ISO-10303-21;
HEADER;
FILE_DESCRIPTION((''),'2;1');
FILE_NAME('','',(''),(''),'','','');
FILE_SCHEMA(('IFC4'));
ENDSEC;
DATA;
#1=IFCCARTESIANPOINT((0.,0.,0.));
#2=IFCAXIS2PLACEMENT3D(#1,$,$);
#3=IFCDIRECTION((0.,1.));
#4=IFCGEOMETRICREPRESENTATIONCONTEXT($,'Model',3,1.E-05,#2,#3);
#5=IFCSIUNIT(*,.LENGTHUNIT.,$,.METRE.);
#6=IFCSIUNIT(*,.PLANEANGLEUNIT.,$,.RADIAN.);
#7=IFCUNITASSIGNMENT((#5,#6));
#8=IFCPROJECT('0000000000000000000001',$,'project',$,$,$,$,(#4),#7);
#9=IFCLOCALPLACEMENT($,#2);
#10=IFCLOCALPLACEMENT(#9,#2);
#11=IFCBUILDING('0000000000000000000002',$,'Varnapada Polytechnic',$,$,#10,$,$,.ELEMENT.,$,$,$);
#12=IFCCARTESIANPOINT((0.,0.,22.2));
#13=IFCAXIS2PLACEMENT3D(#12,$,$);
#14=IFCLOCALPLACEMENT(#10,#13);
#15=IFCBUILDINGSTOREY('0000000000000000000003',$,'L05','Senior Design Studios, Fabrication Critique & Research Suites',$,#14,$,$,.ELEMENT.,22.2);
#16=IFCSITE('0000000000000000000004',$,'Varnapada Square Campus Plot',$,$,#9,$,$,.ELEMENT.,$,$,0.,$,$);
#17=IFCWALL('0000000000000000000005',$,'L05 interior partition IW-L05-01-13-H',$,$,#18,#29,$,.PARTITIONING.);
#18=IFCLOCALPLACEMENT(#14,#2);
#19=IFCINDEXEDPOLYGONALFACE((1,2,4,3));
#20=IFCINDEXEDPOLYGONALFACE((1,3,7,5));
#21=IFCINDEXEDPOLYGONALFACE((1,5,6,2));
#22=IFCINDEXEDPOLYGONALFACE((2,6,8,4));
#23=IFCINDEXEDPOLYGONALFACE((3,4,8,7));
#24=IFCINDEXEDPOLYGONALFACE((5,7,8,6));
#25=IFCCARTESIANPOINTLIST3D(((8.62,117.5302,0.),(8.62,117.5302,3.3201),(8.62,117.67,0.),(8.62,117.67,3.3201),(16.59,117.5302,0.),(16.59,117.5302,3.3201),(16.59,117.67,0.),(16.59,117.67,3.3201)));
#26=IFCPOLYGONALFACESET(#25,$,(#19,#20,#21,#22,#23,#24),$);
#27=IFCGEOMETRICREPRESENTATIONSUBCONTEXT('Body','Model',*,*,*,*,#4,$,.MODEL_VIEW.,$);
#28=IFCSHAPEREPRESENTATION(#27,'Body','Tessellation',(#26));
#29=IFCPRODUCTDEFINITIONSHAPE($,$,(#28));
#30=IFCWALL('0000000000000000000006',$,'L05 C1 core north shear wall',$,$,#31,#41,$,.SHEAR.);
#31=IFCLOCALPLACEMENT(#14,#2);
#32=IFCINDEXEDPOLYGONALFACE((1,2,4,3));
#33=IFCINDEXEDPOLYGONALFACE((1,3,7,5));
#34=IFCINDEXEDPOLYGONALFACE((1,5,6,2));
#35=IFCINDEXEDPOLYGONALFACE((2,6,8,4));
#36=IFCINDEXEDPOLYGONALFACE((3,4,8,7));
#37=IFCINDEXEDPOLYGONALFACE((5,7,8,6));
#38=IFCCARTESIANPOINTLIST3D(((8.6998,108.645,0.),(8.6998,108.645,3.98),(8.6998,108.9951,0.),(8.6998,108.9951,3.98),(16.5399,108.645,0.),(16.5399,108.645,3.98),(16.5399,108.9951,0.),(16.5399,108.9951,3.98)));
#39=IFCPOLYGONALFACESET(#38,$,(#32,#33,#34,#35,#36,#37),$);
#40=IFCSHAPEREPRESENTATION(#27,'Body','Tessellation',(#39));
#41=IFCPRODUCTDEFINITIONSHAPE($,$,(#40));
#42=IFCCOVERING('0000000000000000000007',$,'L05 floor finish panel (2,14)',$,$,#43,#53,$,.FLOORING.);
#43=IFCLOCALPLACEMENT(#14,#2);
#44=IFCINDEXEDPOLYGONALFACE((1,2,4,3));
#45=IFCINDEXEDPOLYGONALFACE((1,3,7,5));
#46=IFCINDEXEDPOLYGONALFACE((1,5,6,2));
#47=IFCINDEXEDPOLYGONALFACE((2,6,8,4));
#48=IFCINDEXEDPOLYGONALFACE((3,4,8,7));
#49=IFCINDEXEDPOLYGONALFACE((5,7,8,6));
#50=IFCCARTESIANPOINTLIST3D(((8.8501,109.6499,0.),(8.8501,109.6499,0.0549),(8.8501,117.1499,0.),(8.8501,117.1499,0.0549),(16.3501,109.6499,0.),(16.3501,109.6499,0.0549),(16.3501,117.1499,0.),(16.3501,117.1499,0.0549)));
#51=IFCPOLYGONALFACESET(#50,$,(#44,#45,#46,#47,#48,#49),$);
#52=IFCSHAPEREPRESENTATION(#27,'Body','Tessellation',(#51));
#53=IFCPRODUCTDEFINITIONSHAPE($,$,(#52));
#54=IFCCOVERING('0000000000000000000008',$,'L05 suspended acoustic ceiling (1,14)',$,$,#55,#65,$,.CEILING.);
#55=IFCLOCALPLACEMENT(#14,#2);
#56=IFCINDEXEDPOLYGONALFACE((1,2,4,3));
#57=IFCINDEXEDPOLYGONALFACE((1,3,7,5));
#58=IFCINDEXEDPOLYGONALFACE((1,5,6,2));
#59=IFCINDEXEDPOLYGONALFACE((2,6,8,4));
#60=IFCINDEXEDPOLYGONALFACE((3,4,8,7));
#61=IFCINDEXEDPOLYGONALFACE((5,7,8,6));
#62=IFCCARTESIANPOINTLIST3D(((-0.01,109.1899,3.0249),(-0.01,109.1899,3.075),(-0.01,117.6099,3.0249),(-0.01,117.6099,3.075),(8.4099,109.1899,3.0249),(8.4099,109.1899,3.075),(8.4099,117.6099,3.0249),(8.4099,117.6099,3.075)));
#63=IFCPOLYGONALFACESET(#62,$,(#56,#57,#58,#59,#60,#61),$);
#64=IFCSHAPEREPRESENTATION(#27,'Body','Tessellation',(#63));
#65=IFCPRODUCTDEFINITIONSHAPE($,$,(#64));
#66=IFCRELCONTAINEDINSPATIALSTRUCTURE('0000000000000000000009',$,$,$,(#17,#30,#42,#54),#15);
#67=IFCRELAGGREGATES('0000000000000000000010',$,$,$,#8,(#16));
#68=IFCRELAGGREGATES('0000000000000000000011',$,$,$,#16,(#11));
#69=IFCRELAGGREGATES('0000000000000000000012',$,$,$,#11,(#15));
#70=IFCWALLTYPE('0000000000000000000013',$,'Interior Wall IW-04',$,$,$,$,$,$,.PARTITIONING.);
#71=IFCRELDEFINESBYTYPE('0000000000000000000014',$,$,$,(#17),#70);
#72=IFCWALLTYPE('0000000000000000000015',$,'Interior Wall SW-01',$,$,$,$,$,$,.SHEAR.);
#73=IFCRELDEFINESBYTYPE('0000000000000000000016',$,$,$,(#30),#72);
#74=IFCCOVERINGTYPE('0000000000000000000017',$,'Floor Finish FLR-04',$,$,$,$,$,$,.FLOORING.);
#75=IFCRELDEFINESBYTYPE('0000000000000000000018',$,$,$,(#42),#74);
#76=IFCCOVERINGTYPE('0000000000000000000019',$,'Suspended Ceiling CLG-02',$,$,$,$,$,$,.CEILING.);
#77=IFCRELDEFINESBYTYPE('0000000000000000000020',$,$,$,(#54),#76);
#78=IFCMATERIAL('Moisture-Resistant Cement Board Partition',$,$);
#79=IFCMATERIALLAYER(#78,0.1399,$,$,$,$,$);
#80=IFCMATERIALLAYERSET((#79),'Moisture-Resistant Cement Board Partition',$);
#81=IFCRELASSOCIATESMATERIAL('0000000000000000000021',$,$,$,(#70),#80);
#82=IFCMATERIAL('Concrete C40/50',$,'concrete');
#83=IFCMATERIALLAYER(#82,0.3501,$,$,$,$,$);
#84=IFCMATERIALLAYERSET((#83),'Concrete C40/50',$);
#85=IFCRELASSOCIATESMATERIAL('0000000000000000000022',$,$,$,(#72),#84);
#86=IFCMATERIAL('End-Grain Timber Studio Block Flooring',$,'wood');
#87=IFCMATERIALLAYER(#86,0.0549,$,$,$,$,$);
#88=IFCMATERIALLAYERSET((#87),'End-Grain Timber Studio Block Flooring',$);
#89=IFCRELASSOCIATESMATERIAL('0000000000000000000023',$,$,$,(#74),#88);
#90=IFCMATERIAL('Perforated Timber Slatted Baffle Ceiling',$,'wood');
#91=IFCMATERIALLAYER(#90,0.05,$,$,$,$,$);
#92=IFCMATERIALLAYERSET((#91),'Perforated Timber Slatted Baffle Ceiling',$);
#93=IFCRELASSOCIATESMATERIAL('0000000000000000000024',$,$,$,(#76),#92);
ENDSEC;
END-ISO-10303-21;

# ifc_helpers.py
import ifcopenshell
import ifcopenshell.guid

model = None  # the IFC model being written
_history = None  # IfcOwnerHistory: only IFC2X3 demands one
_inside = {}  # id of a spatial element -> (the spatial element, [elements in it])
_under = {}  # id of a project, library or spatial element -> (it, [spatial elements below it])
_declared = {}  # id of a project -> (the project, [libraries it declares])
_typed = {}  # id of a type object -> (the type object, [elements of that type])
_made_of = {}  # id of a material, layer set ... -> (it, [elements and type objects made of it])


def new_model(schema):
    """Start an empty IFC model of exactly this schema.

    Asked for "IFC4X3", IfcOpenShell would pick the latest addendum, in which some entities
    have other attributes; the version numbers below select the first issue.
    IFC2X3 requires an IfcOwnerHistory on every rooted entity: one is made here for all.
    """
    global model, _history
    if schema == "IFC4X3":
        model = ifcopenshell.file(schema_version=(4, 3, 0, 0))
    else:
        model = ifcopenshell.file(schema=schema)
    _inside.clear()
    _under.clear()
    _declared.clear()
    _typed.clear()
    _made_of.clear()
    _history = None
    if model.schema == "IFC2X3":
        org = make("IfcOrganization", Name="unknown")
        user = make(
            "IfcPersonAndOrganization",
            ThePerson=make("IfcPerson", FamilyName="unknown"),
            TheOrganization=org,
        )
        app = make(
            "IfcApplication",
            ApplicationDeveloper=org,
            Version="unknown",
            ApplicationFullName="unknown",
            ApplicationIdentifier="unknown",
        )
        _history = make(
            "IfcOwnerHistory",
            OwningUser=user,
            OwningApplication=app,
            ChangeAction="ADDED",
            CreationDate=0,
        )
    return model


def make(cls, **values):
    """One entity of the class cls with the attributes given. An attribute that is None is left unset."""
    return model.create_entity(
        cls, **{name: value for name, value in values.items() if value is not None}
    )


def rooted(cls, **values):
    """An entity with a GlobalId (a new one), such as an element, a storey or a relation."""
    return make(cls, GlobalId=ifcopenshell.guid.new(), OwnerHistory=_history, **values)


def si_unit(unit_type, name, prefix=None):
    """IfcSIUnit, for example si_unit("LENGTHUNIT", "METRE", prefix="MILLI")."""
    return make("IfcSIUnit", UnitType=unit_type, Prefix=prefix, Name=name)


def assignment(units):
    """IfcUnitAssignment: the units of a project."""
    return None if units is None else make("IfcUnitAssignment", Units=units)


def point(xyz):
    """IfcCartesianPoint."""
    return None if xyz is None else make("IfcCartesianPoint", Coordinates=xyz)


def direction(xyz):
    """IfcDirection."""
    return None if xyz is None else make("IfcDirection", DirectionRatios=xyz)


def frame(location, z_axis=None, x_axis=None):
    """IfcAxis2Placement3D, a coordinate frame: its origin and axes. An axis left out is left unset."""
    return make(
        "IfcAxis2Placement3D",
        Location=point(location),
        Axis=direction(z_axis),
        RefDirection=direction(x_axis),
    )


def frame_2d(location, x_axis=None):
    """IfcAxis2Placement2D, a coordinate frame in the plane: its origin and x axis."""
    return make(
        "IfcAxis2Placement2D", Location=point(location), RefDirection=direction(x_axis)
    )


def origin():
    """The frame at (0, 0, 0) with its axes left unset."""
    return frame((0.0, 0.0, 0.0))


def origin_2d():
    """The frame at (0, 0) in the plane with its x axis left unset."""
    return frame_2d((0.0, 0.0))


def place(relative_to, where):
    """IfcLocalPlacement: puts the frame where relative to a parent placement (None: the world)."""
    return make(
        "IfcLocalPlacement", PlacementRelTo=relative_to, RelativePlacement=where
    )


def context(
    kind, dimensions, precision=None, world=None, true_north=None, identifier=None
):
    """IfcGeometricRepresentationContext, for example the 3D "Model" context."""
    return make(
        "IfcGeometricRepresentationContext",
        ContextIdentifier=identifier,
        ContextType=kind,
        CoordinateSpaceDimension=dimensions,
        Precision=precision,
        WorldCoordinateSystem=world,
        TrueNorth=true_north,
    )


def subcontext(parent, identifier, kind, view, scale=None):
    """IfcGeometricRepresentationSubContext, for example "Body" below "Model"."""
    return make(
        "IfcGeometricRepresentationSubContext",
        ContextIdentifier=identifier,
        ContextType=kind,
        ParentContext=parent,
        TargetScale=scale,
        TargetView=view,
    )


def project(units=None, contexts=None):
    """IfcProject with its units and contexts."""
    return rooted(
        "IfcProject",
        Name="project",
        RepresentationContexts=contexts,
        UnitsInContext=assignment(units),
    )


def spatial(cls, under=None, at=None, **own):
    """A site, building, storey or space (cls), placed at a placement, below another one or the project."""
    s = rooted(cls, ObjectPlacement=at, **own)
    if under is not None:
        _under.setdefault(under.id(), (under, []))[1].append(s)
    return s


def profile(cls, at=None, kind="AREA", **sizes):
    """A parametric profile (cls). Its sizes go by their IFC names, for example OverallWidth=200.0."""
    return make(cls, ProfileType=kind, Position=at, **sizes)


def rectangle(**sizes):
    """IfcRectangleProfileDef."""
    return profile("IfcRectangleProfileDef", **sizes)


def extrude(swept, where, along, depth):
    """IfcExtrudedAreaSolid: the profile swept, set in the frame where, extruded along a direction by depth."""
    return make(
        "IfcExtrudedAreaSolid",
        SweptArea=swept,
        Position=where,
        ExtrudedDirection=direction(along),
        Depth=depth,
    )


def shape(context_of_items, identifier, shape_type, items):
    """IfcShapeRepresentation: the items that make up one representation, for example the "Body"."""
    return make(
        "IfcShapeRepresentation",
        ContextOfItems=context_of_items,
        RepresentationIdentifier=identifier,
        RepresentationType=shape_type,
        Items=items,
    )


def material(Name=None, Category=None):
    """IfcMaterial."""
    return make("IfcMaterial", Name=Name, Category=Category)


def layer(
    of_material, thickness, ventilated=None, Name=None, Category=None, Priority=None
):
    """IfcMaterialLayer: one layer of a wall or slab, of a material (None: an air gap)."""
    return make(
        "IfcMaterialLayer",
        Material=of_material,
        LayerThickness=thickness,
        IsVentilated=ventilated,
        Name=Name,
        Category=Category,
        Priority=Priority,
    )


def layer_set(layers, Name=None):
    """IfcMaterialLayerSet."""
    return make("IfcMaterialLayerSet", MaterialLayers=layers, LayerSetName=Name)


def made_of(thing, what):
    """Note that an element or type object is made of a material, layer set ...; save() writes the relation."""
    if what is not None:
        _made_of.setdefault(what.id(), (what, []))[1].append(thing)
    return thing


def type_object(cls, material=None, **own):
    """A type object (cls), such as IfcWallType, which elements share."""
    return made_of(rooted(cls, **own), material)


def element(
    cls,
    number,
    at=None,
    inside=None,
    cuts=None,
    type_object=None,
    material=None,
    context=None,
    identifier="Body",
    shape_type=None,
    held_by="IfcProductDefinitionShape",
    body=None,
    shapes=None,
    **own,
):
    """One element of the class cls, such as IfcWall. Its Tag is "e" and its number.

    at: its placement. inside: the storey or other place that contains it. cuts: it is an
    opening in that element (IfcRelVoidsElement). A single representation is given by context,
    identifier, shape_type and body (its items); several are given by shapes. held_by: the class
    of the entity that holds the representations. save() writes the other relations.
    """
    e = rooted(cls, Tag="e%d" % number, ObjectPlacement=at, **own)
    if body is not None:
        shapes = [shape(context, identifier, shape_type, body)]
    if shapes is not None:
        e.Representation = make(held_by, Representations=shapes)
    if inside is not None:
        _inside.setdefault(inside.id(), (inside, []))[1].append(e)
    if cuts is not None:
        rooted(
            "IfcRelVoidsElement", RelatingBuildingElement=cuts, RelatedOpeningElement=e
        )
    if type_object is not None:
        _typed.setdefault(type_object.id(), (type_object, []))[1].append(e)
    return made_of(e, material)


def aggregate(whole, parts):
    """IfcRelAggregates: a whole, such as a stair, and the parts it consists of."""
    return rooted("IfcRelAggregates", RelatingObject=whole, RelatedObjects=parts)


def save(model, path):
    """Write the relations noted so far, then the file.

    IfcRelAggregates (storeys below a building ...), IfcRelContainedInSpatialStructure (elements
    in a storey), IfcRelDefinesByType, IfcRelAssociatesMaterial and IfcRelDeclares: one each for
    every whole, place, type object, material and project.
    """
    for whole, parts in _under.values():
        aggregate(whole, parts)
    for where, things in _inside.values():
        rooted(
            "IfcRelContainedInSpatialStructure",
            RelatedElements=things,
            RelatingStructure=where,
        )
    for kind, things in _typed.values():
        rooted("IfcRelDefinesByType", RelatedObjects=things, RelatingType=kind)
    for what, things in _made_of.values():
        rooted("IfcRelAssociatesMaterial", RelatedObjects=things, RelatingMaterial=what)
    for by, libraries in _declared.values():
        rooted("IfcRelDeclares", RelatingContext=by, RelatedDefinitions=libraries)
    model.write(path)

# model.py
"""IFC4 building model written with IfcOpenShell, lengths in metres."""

from ifc_helpers import new_model, si_unit, direction, frame, frame_2d, origin, origin_2d, place, context, subcontext, project, spatial, rectangle, extrude, material, layer, layer_set, type_object, element, save


model = new_model("IFC4")

# Units and contexts
model_context = context("Model", 3, precision=1e-05, world=origin(), true_north=direction((0.0, 1.0)))
body_context = subcontext(model_context, "Body", "Model", "MODEL_VIEW")
ifc_project = project(units=[si_unit("LENGTHUNIT", "METRE"), si_unit("PLANEANGLEUNIT", "RADIAN")], contexts=[model_context])

# Site, building, storey
site_placement = place(None, origin())
site = spatial("IfcSite", under=ifc_project, at=site_placement, Name="Varnapada Square Campus Plot", CompositionType="ELEMENT", RefElevation=0.0)
building_placement = place(site_placement, origin())
building = spatial("IfcBuilding", under=site, at=building_placement, Name="Varnapada Polytechnic", CompositionType="ELEMENT")
storey_placement = place(building_placement, frame((0.0, 0.0, 22.2)))
storey = spatial("IfcBuildingStorey", under=building, at=storey_placement, Name="L05", Description="Senior Design Studios, Fabrication Critique & Research Suites", CompositionType="ELEMENT", Elevation=22.2)

# Walls
ifc_material_1 = material(Name="Moisture-Resistant Cement Board Partition")
ifc_layer_1 = layer(ifc_material_1, 0.1399)
ifc_layer_set_1 = layer_set([ifc_layer_1], Name="Moisture-Resistant Cement Board Partition")
wall_type_1 = type_object("IfcWallType", Name="Interior Wall IW-04", PredefinedType="PARTITIONING", material=ifc_layer_set_1)
for number, where, z_axis, x_axis, name in (
    (1, (8.6201, 117.6001, 0.0), (0.0, 0.0, 1.0), (1.0, 0.0, 0.0), "L05 interior partition IW-L05-01-13-H"),
):
    element("IfcWall", number, at=place(storey_placement, frame(where, z_axis=z_axis, x_axis=x_axis)), inside=storey, type_object=wall_type_1, Name=name, PredefinedType="PARTITIONING", context=body_context, shape_type="SweptSolid", body=[
        extrude(rectangle(XDim=7.97, YDim=0.1399, at=frame_2d((3.9849, 0.0))), origin(), (0.0, 0.0, 1.0), 3.3201),
    ])
ifc_material_2 = material(Name="Concrete C40/50", Category="concrete")
ifc_layer_2 = layer(ifc_material_2, 0.3501)
ifc_layer_set_2 = layer_set([ifc_layer_2], Name="Concrete C40/50")
wall_type_2 = type_object("IfcWallType", Name="Interior Wall SW-01", PredefinedType="SHEAR", material=ifc_layer_set_2)
wall_1_placement = place(storey_placement, frame((8.7, 108.8201, 0.0), z_axis=(0.0, 0.0, 1.0), x_axis=(1.0, 0.0, 0.0)))
element("IfcWall", 2, at=wall_1_placement, inside=storey, type_object=wall_type_2, Name="L05 C1 core north shear wall", PredefinedType="SHEAR", context=body_context, shape_type="SweptSolid", body=[
    extrude(rectangle(XDim=7.8401, YDim=0.3501, at=frame_2d((3.9199, 0.0))), origin(), (0.0, 0.0, 1.0), 3.98),
])

# Coverings
ifc_material_3 = material(Name="End-Grain Timber Studio Block Flooring", Category="wood")
ifc_layer_3 = layer(ifc_material_3, 0.0549)
ifc_layer_set_3 = layer_set([ifc_layer_3], Name="End-Grain Timber Studio Block Flooring")
covering_type_1 = type_object("IfcCoveringType", Name="Floor Finish FLR-04", PredefinedType="FLOORING", material=ifc_layer_set_3)
covering_1_placement = place(storey_placement, frame((12.6001, 113.3999, 0.0), z_axis=(0.0, 0.0, 1.0), x_axis=(1.0, 0.0, 0.0)))
element("IfcCovering", 3, at=covering_1_placement, inside=storey, type_object=covering_type_1, Name="L05 floor finish panel (2,14)", PredefinedType="FLOORING", context=body_context, shape_type="SweptSolid", body=[
    extrude(rectangle(XDim=7.5, YDim=7.5, at=origin_2d()), origin(), (0.0, 0.0, 1.0), 0.0549),
])
ifc_material_4 = material(Name="Perforated Timber Slatted Baffle Ceiling", Category="wood")
ifc_layer_4 = layer(ifc_material_4, 0.05)
ifc_layer_set_4 = layer_set([ifc_layer_4], Name="Perforated Timber Slatted Baffle Ceiling")
covering_type_2 = type_object("IfcCoveringType", Name="Suspended Ceiling CLG-02", PredefinedType="CEILING", material=ifc_layer_set_4)
covering_2_placement = place(storey_placement, frame((4.2, 113.3999, 3.0249), z_axis=(0.0, 0.0, 1.0), x_axis=(1.0, 0.0, 0.0)))
element("IfcCovering", 4, at=covering_2_placement, inside=storey, type_object=covering_type_2, Name="L05 suspended acoustic ceiling (1,14)", PredefinedType="CEILING", context=body_context, shape_type="SweptSolid", body=[
    extrude(rectangle(XDim=8.4199, YDim=8.4199, at=origin_2d()), origin(), (0.0, 0.0, 1.0), 0.05),
])

save(model, "model.ifc")
